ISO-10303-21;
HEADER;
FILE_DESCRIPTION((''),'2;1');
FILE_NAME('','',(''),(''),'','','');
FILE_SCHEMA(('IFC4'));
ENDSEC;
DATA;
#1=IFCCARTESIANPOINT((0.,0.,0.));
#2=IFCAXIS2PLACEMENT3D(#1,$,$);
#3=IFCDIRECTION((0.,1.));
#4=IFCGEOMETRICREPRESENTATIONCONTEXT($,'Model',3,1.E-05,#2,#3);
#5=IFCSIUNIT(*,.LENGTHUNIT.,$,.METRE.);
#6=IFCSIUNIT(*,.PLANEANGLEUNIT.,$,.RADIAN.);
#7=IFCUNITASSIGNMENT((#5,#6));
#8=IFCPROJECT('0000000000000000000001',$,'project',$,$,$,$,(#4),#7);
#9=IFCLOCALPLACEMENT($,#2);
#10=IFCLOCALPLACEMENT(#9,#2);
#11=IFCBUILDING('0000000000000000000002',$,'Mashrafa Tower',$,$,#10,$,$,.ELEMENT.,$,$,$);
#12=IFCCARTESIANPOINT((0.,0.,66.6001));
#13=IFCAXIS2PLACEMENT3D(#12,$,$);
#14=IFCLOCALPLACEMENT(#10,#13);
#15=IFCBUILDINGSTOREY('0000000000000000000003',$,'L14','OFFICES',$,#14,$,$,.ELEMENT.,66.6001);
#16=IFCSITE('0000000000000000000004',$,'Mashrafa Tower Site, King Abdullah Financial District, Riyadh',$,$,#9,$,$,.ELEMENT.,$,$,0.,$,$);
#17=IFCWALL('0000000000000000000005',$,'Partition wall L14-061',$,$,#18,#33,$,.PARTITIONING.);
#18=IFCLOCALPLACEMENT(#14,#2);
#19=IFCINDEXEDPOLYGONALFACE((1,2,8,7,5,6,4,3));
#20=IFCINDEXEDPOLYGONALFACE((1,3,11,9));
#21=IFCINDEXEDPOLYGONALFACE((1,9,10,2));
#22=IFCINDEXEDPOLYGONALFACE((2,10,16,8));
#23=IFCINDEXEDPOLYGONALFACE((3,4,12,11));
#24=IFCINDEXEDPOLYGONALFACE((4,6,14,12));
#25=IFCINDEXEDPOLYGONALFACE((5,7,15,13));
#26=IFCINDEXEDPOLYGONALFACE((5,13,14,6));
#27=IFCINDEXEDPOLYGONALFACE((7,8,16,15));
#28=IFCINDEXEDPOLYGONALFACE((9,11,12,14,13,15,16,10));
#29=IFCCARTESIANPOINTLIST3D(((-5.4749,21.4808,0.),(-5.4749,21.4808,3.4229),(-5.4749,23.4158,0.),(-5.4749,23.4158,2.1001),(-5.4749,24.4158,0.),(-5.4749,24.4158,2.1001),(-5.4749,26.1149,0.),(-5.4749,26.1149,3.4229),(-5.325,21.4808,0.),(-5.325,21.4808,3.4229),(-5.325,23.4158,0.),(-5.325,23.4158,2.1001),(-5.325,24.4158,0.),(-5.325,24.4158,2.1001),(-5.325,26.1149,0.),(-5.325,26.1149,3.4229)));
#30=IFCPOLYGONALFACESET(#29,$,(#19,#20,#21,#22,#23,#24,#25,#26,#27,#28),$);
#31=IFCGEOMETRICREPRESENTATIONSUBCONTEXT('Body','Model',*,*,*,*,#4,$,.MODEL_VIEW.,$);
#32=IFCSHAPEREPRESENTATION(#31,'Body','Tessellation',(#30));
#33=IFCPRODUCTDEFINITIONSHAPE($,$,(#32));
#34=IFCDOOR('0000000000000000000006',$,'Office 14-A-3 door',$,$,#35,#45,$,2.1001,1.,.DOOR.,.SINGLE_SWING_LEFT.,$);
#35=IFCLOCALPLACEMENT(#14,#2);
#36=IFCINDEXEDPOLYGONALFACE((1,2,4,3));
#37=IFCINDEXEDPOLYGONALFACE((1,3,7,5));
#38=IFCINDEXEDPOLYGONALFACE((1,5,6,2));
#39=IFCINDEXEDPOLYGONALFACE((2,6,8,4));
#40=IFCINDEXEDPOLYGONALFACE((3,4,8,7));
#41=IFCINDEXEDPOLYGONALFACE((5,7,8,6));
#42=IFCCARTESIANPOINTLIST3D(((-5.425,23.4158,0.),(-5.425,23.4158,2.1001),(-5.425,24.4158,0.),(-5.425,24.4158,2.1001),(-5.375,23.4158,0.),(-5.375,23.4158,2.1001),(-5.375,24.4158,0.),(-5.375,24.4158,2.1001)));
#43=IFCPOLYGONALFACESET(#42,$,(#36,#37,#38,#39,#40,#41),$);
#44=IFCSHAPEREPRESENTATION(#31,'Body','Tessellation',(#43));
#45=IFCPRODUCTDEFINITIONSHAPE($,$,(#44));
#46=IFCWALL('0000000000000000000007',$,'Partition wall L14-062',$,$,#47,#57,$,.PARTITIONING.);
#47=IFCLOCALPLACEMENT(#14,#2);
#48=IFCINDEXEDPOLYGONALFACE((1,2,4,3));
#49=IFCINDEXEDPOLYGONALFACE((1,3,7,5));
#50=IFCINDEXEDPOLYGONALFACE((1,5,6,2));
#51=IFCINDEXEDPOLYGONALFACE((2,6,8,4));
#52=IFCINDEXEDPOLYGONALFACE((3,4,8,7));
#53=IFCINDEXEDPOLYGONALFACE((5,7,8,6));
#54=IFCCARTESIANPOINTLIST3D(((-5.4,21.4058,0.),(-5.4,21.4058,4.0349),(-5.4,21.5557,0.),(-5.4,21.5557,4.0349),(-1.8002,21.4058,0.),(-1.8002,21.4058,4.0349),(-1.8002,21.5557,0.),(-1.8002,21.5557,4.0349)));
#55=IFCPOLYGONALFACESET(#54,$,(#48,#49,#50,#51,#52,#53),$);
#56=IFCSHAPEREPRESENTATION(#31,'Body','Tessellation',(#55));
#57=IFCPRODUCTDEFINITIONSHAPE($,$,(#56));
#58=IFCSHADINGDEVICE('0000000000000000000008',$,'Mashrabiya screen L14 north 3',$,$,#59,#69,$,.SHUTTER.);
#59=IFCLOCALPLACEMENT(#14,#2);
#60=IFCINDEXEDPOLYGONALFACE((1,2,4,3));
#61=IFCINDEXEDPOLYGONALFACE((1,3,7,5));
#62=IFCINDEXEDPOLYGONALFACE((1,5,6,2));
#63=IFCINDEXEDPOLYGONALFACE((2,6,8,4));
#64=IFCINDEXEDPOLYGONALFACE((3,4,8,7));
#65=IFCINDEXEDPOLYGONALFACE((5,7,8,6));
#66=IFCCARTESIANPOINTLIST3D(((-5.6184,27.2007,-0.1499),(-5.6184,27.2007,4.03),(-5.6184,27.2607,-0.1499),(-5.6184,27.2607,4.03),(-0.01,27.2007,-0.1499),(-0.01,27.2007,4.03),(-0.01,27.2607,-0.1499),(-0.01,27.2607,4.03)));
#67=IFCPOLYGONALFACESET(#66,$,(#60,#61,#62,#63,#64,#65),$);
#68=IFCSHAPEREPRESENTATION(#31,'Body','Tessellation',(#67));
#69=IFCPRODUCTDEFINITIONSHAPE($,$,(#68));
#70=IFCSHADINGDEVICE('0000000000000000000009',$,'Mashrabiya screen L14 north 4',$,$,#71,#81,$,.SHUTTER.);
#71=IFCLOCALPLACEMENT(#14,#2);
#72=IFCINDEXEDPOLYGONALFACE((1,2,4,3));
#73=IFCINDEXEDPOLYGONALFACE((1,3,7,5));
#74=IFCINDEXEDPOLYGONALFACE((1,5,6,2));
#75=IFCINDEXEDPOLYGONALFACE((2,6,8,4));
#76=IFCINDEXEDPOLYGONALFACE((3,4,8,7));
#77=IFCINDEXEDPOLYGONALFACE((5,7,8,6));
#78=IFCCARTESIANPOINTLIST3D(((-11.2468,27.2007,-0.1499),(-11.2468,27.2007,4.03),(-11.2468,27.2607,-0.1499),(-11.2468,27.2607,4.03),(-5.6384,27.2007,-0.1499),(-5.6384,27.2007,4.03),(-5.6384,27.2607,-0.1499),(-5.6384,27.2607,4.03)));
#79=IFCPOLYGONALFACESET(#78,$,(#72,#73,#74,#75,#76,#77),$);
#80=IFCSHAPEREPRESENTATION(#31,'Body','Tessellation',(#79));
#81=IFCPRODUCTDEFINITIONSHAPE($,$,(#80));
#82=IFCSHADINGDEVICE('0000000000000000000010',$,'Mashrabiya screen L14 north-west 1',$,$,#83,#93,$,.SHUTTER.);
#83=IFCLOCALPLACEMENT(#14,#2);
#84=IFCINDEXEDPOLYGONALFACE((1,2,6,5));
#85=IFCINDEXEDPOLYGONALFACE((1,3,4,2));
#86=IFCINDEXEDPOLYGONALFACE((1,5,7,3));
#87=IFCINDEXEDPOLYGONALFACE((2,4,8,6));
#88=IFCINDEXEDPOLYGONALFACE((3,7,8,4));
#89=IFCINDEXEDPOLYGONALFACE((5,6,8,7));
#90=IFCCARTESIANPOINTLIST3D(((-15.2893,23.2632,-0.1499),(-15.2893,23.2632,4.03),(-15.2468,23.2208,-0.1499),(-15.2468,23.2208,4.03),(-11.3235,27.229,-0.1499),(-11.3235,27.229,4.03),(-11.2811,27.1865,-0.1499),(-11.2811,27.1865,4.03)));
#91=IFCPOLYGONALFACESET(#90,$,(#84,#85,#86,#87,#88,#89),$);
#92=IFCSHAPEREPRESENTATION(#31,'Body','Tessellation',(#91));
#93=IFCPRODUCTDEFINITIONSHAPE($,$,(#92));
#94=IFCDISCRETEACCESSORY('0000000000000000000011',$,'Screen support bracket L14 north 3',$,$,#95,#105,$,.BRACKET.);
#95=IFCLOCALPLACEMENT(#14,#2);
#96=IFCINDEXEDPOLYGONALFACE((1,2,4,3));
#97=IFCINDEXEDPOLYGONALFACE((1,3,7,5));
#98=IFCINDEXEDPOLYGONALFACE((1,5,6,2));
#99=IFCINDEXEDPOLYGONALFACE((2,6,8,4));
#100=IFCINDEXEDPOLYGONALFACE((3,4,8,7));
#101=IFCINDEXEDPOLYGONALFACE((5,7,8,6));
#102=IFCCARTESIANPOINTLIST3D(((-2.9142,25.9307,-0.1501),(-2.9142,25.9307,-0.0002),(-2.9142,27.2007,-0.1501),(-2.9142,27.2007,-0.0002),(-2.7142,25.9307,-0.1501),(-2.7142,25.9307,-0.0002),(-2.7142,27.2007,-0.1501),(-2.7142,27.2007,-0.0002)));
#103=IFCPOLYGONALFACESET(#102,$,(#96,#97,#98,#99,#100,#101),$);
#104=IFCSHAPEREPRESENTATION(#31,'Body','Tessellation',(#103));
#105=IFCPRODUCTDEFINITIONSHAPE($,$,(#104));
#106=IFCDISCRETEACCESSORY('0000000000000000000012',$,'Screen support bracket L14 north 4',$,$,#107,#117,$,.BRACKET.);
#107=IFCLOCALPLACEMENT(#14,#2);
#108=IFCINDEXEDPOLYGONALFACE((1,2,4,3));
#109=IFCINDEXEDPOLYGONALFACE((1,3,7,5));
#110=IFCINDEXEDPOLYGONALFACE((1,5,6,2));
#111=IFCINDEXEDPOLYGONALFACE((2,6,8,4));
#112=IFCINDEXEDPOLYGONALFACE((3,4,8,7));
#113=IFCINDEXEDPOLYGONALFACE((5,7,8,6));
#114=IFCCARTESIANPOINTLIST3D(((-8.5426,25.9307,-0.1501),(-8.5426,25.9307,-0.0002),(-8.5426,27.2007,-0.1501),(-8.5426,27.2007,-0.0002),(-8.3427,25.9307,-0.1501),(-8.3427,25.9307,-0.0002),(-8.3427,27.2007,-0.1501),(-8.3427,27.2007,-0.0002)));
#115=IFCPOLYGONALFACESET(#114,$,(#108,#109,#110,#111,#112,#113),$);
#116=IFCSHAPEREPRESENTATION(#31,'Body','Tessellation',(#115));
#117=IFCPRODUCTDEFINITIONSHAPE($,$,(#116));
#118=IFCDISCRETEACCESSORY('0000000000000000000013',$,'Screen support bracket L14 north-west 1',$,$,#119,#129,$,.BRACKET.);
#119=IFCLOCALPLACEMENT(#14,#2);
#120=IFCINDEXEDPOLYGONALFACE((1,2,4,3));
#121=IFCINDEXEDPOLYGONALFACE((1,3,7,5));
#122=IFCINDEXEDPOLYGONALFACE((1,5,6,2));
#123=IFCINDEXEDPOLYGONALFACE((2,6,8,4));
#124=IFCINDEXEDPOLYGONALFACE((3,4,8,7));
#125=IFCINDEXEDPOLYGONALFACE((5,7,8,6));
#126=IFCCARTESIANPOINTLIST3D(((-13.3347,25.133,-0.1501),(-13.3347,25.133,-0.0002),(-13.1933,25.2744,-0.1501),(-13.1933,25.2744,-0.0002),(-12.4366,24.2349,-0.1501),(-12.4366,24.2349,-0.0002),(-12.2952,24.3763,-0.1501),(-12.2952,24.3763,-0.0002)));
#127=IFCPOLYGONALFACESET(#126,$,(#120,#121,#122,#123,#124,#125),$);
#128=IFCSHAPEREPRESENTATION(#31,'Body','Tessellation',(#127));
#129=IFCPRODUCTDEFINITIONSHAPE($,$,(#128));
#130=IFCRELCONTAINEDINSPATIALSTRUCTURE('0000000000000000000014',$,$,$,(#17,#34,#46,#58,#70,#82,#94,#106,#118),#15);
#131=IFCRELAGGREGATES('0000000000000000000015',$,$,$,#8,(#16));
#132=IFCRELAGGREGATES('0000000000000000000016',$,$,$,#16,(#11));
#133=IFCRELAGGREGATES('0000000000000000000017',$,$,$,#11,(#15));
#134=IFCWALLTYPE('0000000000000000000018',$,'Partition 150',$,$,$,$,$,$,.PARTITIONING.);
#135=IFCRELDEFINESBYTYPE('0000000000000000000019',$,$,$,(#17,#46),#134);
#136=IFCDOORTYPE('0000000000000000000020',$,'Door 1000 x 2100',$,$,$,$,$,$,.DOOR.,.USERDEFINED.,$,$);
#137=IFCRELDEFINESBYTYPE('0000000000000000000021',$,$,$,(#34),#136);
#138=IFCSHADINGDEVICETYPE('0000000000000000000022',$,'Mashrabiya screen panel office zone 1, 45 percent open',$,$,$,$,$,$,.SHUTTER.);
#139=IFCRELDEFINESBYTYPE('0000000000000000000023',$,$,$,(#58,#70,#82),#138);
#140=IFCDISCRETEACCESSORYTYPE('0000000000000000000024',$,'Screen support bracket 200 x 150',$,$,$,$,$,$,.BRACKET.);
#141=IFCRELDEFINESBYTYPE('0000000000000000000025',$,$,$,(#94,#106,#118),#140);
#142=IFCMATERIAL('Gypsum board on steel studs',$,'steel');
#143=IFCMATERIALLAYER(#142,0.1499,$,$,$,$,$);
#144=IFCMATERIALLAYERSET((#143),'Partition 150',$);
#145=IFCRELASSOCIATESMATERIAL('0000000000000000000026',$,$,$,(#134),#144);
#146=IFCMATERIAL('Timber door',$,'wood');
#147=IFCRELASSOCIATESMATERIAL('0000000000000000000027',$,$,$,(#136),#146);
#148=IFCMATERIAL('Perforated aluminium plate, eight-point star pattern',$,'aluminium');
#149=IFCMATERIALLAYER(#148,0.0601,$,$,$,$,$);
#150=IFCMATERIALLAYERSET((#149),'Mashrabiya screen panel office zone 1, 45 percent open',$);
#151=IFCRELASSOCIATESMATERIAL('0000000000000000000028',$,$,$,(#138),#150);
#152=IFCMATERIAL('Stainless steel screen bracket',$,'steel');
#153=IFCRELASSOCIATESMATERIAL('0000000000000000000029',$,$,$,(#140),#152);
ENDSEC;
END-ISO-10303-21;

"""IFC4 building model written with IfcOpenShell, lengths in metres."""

from ifc_helpers import new_model, si_unit, direction, frame, frame_2d, origin, origin_2d, place, context, subcontext, project, spatial, rectangle, extrude, source, transform, mapped, material, layer, layer_set, type_object, type_shapes, element, fill, save


model = new_model("IFC4")

# Units and contexts
model_context = context("Model", 3, precision=1e-05, world=origin(), true_north=direction((0.0, 1.0)))
body_context = subcontext(model_context, "Body", "Model", "MODEL_VIEW")
ifc_project = project(units=[si_unit("LENGTHUNIT", "METRE"), si_unit("PLANEANGLEUNIT", "RADIAN")], contexts=[model_context])

# Site, building, storey
site_placement = place(None, origin())
site = spatial("IfcSite", under=ifc_project, at=site_placement, Name="Mashrafa Tower Site, King Abdullah Financial District, Riyadh", CompositionType="ELEMENT", RefElevation=0.0)
building_placement = place(site_placement, origin())
building = spatial("IfcBuilding", under=site, at=building_placement, Name="Mashrafa Tower", CompositionType="ELEMENT")
storey_placement = place(building_placement, frame((0.0, 0.0, 66.6001)))
storey = spatial("IfcBuildingStorey", under=building, at=storey_placement, Name="L14", Description="OFFICES", CompositionType="ELEMENT", Elevation=66.6001)

# Shared definitions
ifc_material_1 = material(Name="Gypsum board on steel studs", Category="steel")
ifc_layer_1 = layer(ifc_material_1, 0.1499)
ifc_layer_set_1 = layer_set([ifc_layer_1], Name="Partition 150")
wall_type = type_object("IfcWallType", Name="Partition 150", PredefinedType="PARTITIONING", material=ifc_layer_set_1)
ifc_material_2 = material(Name="Timber door", Category="wood")
door_type = type_object("IfcDoorType", Name="Door 1000 x 2100", OperationType="USERDEFINED", PredefinedType="DOOR", material=ifc_material_2)

# Wall, opening, door
wall_1_placement = place(storey_placement, frame((-5.3999, 26.1147, 0.0), z_axis=(0.0, 0.0, 1.0), x_axis=(0.0, -1.0, 0.0)))
wall_1 = element("IfcWall", 1, at=wall_1_placement, inside=storey, type_object=wall_type, Name="Partition wall L14-061", PredefinedType="PARTITIONING", context=body_context, shape_type="SweptSolid", body=[
    extrude(rectangle(XDim=4.634, YDim=0.1499, at=frame_2d((2.3169, 0.0))), origin(), (0.0, 0.0, 1.0), 3.4229),
])
opening_1_placement = place(wall_1_placement, frame((1.699, 0.0, 0.0)))
opening_1 = element("IfcOpeningElement", 2, at=opening_1_placement, cuts=wall_1, PredefinedType="OPENING", context=body_context, shape_type="SweptSolid", body=[
    extrude(rectangle(XDim=1.0, YDim=2.1001, at=frame_2d((0.5, 1.05))), frame((0.0, 0.085, 0.0), z_axis=(0.0, -1.0, 0.0), x_axis=(1.0, 0.0, 0.0)), (0.0, 0.0, 1.0), 0.1699),
])
door_1_placement = place(opening_1_placement, origin())
door_1 = element("IfcDoor", 3, at=door_1_placement, inside=storey, type_object=door_type, Name="Office 14-A-3 door", OperationType="SINGLE_SWING_LEFT", OverallHeight=2.1001, OverallWidth=1.0, PredefinedType="DOOR", context=body_context, shape_type="SweptSolid", body=[
    extrude(rectangle(XDim=1.0, YDim=2.1001, at=frame_2d((0.5, 1.05))), frame((0.0, 0.0249, 0.0), z_axis=(0.0, -1.0, 0.0), x_axis=(1.0, 0.0, 0.0)), (0.0, 0.0, 1.0), 0.05),
])
fill(opening_1, door_1)

# Wall
wall_2_placement = place(storey_placement, frame((-5.3999, 21.4807, 0.0), z_axis=(0.0, 0.0, 1.0), x_axis=(1.0, 0.0, 0.0)))
element("IfcWall", 4, at=wall_2_placement, inside=storey, type_object=wall_type, Name="Partition wall L14-062", PredefinedType="PARTITIONING", context=body_context, shape_type="SweptSolid", body=[
    extrude(rectangle(XDim=3.5999, YDim=0.1499, at=frame_2d((1.7998, 0.0))), origin(), (0.0, 0.0, 1.0), 4.0349),
])

# Shading devices
ifc_material_3 = material(Name="Perforated aluminium plate, eight-point star pattern", Category="aluminium")
ifc_layer_2 = layer(ifc_material_3, 0.0601)
ifc_layer_set_2 = layer_set([ifc_layer_2], Name="Mashrabiya screen panel office zone 1, 45 percent open")
shading_device_type = type_object("IfcShadingDeviceType", Name="Mashrabiya screen panel office zone 1, 45 percent open", PredefinedType="SHUTTER", material=ifc_layer_set_2)
shared_shape_1 = source(origin(), body_context, "Body", "SweptSolid", [
    extrude(rectangle(XDim=5.6084, YDim=0.0601, at=origin_2d()), origin(), (0.0, 0.0, 1.0), 4.1799),
])
type_shapes(shading_device_type, [shared_shape_1])
for number, where, z_axis, x_axis, name in (
    (5, (-2.8142, 27.2307, -0.1499), (0.0, 0.0, 1.0), (-1.0, 0.0, 0.0), "Mashrabiya screen L14 north 3"),
    (6, (-8.4426, 27.2307, -0.1499), (0.0, 0.0, 1.0), (-1.0, 0.0, 0.0), "Mashrabiya screen L14 north 4"),
    (7, (-13.2852, 25.2249, -0.1499), (0.0, 0.0, 1.0), (-0.707107, -0.707107, 0.0), "Mashrabiya screen L14 north-west 1"),
):
    element("IfcShadingDevice", number, at=place(storey_placement, frame(where, z_axis=z_axis, x_axis=x_axis)), inside=storey, type_object=shading_device_type, Name=name, PredefinedType="SHUTTER", context=body_context, shape_type="MappedRepresentation", body=[
        mapped(shared_shape_1, transform((0.0, 0.0, 0.0))),
    ])

# Discrete accessories
ifc_material_4 = material(Name="Stainless steel screen bracket", Category="steel")
discrete_accessory_type = type_object("IfcDiscreteAccessoryType", Name="Screen support bracket 200 x 150", PredefinedType="BRACKET", material=ifc_material_4)
shared_shape_2 = source(origin(), body_context, "Body", "SweptSolid", [
    extrude(rectangle(XDim=0.2, YDim=1.27, at=origin_2d()), origin(), (0.0, 0.0, 1.0), 0.1499),
])
type_shapes(discrete_accessory_type, [shared_shape_2])
for number, where, z_axis, x_axis, name in (
    (8, (-2.8142, 26.5657, -0.1501), (0.0, 0.0, 1.0), (-1.0, 0.0, 0.0), "Screen support bracket L14 north 3"),
    (9, (-8.4426, 26.5657, -0.1501), (0.0, 0.0, 1.0), (-1.0, 0.0, 0.0), "Screen support bracket L14 north 4"),
    (10, (-12.8149, 24.7546, -0.1501), (0.0, 0.0, 1.0), (-0.707107, -0.707107, 0.0), "Screen support bracket L14 north-west 1"),
):
    element("IfcDiscreteAccessory", number, at=place(storey_placement, frame(where, z_axis=z_axis, x_axis=x_axis)), inside=storey, type_object=discrete_accessory_type, Name=name, PredefinedType="BRACKET", context=body_context, shape_type="MappedRepresentation", body=[
        mapped(shared_shape_2, transform((0.0, 0.0, 0.0))),
    ])

save(model, "model.ifc")
